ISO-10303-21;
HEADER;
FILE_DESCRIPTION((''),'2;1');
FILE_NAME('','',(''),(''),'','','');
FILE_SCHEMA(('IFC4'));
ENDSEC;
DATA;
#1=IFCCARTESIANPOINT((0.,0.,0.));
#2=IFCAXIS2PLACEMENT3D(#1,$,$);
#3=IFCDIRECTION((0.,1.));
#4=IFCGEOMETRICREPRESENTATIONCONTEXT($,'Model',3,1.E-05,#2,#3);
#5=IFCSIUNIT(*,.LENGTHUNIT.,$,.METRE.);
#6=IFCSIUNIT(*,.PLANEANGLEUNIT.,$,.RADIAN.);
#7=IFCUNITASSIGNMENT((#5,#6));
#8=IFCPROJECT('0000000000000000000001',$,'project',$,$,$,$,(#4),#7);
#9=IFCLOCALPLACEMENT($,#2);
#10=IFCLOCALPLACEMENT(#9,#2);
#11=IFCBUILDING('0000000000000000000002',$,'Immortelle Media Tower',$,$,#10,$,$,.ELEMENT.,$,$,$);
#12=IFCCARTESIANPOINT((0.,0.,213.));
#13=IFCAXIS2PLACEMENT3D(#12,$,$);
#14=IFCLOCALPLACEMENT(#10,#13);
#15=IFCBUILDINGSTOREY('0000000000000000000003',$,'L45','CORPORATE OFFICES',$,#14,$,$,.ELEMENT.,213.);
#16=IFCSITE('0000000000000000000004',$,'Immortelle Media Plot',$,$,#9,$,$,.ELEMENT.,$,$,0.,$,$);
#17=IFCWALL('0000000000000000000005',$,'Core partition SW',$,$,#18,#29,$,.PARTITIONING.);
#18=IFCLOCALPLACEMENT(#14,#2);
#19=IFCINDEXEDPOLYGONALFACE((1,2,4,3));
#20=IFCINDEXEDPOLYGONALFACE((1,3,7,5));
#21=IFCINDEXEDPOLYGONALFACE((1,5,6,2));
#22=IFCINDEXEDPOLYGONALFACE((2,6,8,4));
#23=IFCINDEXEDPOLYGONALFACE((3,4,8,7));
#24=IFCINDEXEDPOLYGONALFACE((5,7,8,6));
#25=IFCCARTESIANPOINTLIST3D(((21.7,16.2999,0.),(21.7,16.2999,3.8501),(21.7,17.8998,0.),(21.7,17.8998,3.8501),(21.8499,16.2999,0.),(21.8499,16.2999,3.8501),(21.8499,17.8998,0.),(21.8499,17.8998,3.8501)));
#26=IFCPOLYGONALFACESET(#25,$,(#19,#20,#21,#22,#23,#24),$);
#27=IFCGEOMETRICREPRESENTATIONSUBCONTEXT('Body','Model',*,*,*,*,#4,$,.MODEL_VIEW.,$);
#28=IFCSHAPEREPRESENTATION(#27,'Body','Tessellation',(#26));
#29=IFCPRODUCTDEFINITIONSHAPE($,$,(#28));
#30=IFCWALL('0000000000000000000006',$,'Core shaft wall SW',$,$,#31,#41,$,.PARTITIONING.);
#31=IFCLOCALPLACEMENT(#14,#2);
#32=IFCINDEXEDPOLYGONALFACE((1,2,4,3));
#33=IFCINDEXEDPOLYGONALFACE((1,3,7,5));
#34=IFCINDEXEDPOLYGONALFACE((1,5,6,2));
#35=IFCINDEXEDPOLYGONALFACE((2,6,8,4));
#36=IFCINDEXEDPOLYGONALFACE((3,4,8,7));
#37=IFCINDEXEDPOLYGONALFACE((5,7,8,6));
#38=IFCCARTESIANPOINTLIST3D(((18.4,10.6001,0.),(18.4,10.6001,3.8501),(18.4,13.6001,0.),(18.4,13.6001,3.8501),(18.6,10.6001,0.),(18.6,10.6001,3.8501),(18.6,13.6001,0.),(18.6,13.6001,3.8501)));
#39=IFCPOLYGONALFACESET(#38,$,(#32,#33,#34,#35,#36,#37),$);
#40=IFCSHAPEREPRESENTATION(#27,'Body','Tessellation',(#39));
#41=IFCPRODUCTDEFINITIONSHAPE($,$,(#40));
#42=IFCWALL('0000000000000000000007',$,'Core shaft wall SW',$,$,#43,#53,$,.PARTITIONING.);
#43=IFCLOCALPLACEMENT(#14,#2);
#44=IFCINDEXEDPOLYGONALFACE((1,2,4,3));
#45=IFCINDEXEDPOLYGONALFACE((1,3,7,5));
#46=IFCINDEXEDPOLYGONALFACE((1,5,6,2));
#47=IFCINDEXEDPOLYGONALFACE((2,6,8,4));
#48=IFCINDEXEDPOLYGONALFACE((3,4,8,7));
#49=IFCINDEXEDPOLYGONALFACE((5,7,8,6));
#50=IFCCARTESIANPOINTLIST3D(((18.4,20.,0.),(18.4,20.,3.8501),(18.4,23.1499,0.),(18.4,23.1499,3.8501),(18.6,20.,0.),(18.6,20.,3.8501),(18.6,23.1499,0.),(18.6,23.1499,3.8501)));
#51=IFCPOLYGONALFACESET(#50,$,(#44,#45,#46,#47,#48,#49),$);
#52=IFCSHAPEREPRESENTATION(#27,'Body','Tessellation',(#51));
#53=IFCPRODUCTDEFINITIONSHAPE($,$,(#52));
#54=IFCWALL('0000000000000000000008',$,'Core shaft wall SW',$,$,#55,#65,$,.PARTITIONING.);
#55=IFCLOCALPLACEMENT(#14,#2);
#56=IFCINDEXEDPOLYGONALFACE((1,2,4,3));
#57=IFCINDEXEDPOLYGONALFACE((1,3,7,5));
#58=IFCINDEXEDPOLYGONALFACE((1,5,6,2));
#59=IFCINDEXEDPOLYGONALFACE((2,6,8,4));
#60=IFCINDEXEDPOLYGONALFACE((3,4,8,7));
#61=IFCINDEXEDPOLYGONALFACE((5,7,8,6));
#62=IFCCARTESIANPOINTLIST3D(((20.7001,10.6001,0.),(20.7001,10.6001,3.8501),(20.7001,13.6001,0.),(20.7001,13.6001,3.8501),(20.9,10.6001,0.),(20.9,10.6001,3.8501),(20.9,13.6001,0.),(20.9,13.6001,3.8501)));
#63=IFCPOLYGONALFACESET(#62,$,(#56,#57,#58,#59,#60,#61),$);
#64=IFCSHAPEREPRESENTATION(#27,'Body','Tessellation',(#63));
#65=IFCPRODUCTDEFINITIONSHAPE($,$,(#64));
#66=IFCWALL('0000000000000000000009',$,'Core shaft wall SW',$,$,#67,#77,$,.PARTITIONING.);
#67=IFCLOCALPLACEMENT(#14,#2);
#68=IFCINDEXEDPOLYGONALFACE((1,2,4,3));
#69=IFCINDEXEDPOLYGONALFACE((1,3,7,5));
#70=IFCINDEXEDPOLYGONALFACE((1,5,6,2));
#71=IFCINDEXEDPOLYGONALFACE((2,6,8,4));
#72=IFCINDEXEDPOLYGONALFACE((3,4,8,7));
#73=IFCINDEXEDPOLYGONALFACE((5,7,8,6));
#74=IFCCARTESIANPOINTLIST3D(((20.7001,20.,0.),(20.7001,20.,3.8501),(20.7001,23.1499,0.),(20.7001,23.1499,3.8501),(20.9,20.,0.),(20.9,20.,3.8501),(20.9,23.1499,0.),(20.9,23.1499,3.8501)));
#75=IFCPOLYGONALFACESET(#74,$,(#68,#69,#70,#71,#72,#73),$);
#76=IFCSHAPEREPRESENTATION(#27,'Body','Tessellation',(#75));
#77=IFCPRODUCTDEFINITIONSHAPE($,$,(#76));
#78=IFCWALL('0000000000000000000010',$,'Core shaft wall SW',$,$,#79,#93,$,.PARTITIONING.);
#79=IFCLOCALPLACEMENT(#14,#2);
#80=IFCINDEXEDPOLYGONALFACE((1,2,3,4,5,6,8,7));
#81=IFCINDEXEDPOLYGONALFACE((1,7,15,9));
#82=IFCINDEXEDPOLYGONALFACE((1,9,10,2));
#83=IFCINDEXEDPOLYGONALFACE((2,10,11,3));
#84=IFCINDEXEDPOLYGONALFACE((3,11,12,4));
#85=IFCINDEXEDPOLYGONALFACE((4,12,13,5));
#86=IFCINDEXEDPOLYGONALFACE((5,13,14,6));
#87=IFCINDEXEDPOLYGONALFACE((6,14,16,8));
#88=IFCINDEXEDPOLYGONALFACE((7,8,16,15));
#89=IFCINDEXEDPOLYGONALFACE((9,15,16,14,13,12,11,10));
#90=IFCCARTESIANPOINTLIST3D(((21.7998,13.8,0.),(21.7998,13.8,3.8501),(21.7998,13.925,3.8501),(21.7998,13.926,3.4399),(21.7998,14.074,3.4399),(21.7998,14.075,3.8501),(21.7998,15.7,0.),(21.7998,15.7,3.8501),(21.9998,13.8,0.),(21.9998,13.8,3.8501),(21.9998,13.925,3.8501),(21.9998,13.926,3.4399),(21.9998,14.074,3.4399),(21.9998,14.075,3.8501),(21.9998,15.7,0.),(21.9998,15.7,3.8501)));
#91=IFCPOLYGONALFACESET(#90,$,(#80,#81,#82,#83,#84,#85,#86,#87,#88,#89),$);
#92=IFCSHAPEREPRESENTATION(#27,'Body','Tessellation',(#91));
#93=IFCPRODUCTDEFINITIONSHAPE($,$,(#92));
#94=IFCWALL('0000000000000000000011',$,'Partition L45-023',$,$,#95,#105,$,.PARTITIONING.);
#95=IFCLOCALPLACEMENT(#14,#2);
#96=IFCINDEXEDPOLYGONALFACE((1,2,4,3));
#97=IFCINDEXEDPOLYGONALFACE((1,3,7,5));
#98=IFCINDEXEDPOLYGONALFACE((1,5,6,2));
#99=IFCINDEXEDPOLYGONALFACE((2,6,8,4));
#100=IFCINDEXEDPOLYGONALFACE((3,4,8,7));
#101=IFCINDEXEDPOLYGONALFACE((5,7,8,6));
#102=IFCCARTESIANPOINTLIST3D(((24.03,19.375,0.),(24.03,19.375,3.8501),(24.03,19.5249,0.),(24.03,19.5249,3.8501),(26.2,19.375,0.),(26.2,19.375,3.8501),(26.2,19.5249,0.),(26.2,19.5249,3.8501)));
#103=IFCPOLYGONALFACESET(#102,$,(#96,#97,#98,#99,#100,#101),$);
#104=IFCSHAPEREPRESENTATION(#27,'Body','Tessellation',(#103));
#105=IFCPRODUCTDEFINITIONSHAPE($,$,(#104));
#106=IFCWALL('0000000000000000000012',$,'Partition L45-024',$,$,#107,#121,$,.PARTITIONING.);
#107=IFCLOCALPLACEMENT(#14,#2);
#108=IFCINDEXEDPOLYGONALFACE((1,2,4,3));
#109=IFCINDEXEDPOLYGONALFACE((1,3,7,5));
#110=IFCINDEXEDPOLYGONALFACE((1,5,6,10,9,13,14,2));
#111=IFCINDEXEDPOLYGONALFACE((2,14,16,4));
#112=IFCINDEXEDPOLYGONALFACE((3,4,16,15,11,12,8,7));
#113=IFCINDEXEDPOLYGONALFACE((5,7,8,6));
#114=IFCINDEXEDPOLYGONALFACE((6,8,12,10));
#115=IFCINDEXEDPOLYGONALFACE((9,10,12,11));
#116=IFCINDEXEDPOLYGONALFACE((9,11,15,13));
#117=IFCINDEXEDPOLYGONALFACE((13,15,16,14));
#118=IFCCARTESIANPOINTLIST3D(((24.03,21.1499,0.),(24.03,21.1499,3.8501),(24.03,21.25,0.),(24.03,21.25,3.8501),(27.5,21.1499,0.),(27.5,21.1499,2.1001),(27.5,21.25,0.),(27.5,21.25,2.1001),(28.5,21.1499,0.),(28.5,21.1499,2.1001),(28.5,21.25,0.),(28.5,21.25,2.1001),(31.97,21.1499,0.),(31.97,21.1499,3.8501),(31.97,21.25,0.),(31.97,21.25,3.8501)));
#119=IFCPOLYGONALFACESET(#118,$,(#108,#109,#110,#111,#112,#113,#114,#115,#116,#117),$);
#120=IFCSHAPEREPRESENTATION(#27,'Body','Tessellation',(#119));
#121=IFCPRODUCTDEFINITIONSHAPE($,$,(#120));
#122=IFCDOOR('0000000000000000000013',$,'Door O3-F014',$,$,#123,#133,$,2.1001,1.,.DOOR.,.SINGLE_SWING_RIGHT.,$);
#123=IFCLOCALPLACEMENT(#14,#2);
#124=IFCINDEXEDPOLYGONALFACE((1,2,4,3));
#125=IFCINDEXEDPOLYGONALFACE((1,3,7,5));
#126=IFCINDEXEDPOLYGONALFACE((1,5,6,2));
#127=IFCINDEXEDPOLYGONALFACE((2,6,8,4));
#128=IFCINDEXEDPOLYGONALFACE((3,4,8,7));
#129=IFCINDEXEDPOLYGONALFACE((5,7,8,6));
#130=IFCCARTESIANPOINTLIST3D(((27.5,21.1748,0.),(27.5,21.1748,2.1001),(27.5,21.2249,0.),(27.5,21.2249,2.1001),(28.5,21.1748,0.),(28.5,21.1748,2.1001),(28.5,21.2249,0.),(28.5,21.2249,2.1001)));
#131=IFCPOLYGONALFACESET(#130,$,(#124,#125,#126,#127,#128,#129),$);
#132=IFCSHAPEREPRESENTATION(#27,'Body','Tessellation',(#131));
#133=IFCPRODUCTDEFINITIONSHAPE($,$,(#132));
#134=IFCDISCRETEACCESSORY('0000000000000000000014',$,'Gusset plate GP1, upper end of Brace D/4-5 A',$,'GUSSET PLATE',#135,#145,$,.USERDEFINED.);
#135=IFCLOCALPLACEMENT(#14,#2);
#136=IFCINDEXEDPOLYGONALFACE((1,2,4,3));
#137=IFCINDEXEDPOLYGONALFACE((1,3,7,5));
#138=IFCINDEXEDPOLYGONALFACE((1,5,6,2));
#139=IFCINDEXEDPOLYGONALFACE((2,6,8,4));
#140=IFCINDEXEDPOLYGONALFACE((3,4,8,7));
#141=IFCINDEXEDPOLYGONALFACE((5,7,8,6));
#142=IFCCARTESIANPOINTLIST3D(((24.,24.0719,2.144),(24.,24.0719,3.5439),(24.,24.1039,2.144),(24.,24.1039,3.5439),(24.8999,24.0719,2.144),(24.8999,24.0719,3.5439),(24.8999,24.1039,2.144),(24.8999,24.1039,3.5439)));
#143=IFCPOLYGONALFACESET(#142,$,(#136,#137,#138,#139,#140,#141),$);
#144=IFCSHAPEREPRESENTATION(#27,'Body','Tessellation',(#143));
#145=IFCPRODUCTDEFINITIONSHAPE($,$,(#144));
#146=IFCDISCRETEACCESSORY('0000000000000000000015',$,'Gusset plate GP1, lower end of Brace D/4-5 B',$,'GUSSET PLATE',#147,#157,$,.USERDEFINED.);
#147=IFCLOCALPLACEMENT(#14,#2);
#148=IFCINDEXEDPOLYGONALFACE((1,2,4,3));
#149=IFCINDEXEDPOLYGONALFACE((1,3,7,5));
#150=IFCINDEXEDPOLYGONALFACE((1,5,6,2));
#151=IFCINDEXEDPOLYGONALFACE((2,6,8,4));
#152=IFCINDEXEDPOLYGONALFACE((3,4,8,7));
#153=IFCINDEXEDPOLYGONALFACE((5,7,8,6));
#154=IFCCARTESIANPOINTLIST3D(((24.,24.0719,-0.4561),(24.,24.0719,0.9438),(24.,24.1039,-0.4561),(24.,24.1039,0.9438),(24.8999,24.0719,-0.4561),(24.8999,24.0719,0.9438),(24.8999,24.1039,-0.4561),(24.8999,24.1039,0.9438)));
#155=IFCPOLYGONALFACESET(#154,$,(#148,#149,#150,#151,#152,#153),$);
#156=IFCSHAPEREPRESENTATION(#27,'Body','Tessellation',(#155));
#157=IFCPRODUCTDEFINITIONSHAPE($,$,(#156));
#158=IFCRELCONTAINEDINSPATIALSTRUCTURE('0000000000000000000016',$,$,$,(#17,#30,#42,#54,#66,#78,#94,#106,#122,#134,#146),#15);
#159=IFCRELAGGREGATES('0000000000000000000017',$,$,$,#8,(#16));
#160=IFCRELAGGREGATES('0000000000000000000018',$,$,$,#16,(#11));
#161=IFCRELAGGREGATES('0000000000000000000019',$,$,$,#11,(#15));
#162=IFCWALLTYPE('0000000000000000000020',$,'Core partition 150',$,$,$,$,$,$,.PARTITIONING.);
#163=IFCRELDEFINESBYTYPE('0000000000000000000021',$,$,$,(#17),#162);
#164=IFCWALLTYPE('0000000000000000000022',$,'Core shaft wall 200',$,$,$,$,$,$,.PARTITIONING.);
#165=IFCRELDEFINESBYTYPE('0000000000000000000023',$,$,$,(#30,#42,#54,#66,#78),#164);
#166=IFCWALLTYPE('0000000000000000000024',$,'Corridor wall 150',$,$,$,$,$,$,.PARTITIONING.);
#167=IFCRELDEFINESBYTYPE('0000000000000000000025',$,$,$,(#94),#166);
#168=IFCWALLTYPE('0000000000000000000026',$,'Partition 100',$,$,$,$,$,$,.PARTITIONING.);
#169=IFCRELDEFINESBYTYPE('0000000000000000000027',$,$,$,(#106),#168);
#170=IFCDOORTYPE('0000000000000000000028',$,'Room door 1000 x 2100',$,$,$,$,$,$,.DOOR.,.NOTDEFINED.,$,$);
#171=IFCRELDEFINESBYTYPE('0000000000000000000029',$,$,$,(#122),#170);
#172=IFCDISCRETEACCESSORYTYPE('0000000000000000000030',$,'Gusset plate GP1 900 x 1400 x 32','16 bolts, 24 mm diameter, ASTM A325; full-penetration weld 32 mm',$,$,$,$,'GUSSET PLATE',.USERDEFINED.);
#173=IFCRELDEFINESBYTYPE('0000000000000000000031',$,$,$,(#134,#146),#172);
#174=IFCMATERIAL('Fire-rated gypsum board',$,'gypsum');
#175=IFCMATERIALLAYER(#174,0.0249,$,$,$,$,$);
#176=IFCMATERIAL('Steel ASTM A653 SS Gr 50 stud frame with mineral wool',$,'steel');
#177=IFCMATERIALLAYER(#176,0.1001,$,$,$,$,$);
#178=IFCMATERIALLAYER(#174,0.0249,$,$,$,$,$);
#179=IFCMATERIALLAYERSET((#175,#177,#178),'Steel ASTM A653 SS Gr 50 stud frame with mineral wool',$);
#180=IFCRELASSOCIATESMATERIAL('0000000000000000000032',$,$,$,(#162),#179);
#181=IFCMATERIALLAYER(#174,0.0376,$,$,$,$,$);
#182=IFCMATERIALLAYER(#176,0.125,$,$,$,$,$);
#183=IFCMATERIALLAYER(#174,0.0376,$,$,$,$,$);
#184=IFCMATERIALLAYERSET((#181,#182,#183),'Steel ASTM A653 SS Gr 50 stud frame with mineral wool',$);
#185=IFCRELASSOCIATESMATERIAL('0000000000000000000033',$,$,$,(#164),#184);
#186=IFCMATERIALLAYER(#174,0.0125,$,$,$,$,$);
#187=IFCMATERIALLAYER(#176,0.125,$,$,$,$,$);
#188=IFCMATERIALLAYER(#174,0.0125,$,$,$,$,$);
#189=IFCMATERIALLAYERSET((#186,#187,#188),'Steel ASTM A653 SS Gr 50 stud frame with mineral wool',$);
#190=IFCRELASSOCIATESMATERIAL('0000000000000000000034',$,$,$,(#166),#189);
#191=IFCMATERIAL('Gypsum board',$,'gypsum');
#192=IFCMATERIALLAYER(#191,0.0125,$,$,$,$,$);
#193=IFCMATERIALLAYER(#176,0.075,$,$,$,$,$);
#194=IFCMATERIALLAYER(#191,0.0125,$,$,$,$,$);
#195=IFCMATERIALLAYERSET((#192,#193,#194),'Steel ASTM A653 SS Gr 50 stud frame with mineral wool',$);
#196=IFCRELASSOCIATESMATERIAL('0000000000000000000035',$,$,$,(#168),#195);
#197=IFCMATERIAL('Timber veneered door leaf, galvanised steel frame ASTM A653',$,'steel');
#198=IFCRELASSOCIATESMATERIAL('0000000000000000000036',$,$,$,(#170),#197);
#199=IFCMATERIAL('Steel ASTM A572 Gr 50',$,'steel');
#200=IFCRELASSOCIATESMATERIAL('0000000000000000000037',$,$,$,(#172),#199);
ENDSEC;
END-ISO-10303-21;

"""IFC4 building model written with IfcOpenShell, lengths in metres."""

from ifc_helpers import new_model, si_unit, direction, frame, frame_2d, origin, origin_2d, place, context, subcontext, project, spatial, polyline, rectangle, outline, extrude, material, layer, layer_set, material_profile, profile_set, type_object, element, fill, save


model = new_model("IFC4")

# Units and contexts
model_context = context("Model", 3, precision=1e-05, world=origin(), true_north=direction((0.0, 1.0)))
body_context = subcontext(model_context, "Body", "Model", "MODEL_VIEW")
ifc_project = project(units=[si_unit("LENGTHUNIT", "METRE"), si_unit("PLANEANGLEUNIT", "RADIAN")], contexts=[model_context])

# Site, building, storey
site_placement = place(None, origin())
site = spatial("IfcSite", under=ifc_project, at=site_placement, Name="Immortelle Media Plot", CompositionType="ELEMENT", RefElevation=0.0)
building_placement = place(site_placement, origin())
building = spatial("IfcBuilding", under=site, at=building_placement, Name="Immortelle Media Tower", CompositionType="ELEMENT")
storey_placement = place(building_placement, frame((0.0, 0.0, 213.0)))
storey = spatial("IfcBuildingStorey", under=building, at=storey_placement, Name="L45", Description="CORPORATE OFFICES", CompositionType="ELEMENT", Elevation=213.0)

# Shared definitions
ifc_material_1 = material(Name="Fire-rated gypsum board", Category="gypsum")
ifc_layer_1 = layer(ifc_material_1, 0.0249)
ifc_material_2 = material(Name="Steel ASTM A653 SS Gr 50 stud frame with mineral wool", Category="steel")
ifc_layer_2 = layer(ifc_material_2, 0.1001)
ifc_layer_3 = layer(ifc_material_1, 0.0249)
ifc_layer_set_1 = layer_set([ifc_layer_1, ifc_layer_2, ifc_layer_3], Name="Steel ASTM A653 SS Gr 50 stud frame with mineral wool")
wall_type_1 = type_object("IfcWallType", Name="Core partition 150", PredefinedType="PARTITIONING", material=ifc_layer_set_1)

# Walls
wall_1_placement = place(storey_placement, frame((21.7749, 16.3, 0.0), z_axis=(0.0, 0.0, 1.0), x_axis=(0.0, 1.0, 0.0)))
element("IfcWall", 1, at=wall_1_placement, inside=storey, type_object=wall_type_1, Name="Core partition SW", PredefinedType="PARTITIONING", context=body_context, shape_type="SweptSolid", body=[
    extrude(rectangle(XDim=1.5999, YDim=0.1499, at=frame_2d((0.7998, 0.0))), origin(), (0.0, 0.0, 1.0), 3.8501),
])
ifc_layer_4 = layer(ifc_material_1, 0.0376)
ifc_layer_5 = layer(ifc_material_2, 0.125)
ifc_layer_6 = layer(ifc_material_1, 0.0376)
ifc_layer_set_2 = layer_set([ifc_layer_4, ifc_layer_5, ifc_layer_6], Name="Steel ASTM A653 SS Gr 50 stud frame with mineral wool")
wall_type_2 = type_object("IfcWallType", Name="Core shaft wall 200", PredefinedType="PARTITIONING", material=ifc_layer_set_2)
wall_2_placement = place(storey_placement, frame((18.5, 10.6001, 0.0), z_axis=(0.0, 0.0, 1.0), x_axis=(0.0, 1.0, 0.0)))
element("IfcWall", 2, at=wall_2_placement, inside=storey, type_object=wall_type_2, Name="Core shaft wall SW", PredefinedType="PARTITIONING", context=body_context, shape_type="SweptSolid", body=[
    extrude(rectangle(XDim=3.0, YDim=0.2, at=frame_2d((1.5, 0.0))), origin(), (0.0, 0.0, 1.0), 3.8501),
])
wall_3_placement = place(storey_placement, frame((18.5, 20.0, 0.0), z_axis=(0.0, 0.0, 1.0), x_axis=(0.0, 1.0, 0.0)))
element("IfcWall", 3, at=wall_3_placement, inside=storey, type_object=wall_type_2, Name="Core shaft wall SW", PredefinedType="PARTITIONING", context=body_context, shape_type="SweptSolid", body=[
    extrude(rectangle(XDim=3.1499, YDim=0.2, at=frame_2d((1.575, 0.0))), origin(), (0.0, 0.0, 1.0), 3.8501),
])
wall_4_placement = place(storey_placement, frame((20.8, 10.6001, 0.0), z_axis=(0.0, 0.0, 1.0), x_axis=(0.0, 1.0, 0.0)))
element("IfcWall", 4, at=wall_4_placement, inside=storey, type_object=wall_type_2, Name="Core shaft wall SW", PredefinedType="PARTITIONING", context=body_context, shape_type="SweptSolid", body=[
    extrude(rectangle(XDim=3.0, YDim=0.2, at=frame_2d((1.5, 0.0))), origin(), (0.0, 0.0, 1.0), 3.8501),
])
wall_5_placement = place(storey_placement, frame((20.8, 20.0, 0.0), z_axis=(0.0, 0.0, 1.0), x_axis=(0.0, 1.0, 0.0)))
element("IfcWall", 5, at=wall_5_placement, inside=storey, type_object=wall_type_2, Name="Core shaft wall SW", PredefinedType="PARTITIONING", context=body_context, shape_type="SweptSolid", body=[
    extrude(rectangle(XDim=3.1499, YDim=0.2, at=frame_2d((1.575, 0.0))), origin(), (0.0, 0.0, 1.0), 3.8501),
])
wall_6_placement = place(storey_placement, frame((21.8999, 13.8, 0.0), z_axis=(0.0, 0.0, 1.0), x_axis=(0.0, 1.0, 0.0)))
element("IfcWall", 6, at=wall_6_placement, inside=storey, type_object=wall_type_2, Name="Core shaft wall SW", PredefinedType="PARTITIONING", context=body_context, shape_type="SweptSolid", body=[
    extrude(outline(polyline([(0.0, 0.0), (1.8999, 0.0), (1.8999, 3.8501), (0.2749, 3.8501), (0.2739, 3.4399), (0.126, 3.4399), (0.125, 3.8501), (0.0, 3.8501), (0.0, 0.0)])), frame((0.0, 0.1001, 0.0), z_axis=(0.0, -1.0, 0.0), x_axis=(1.0, 0.0, 0.0)), (0.0, 0.0, 1.0), 0.2),
])
ifc_layer_7 = layer(ifc_material_1, 0.0125)
ifc_layer_8 = layer(ifc_material_2, 0.125)
ifc_layer_9 = layer(ifc_material_1, 0.0125)
ifc_layer_set_3 = layer_set([ifc_layer_7, ifc_layer_8, ifc_layer_9], Name="Steel ASTM A653 SS Gr 50 stud frame with mineral wool")
wall_type_3 = type_object("IfcWallType", Name="Corridor wall 150", PredefinedType="PARTITIONING", material=ifc_layer_set_3)
wall_7_placement = place(storey_placement, frame((24.03, 19.45, 0.0), z_axis=(0.0, 0.0, 1.0), x_axis=(1.0, 0.0, 0.0)))
element("IfcWall", 7, at=wall_7_placement, inside=storey, type_object=wall_type_3, Name="Partition L45-023", PredefinedType="PARTITIONING", context=body_context, shape_type="SweptSolid", body=[
    extrude(rectangle(XDim=2.1699, YDim=0.1499, at=frame_2d((1.085, 0.0))), origin(), (0.0, 0.0, 1.0), 3.8501),
])

# Wall, opening, door
ifc_material_3 = material(Name="Gypsum board", Category="gypsum")
ifc_layer_10 = layer(ifc_material_3, 0.0125)
ifc_layer_11 = layer(ifc_material_2, 0.075)
ifc_layer_12 = layer(ifc_material_3, 0.0125)
ifc_layer_set_4 = layer_set([ifc_layer_10, ifc_layer_11, ifc_layer_12], Name="Steel ASTM A653 SS Gr 50 stud frame with mineral wool")
wall_type_4 = type_object("IfcWallType", Name="Partition 100", PredefinedType="PARTITIONING", material=ifc_layer_set_4)
wall_8_placement = place(storey_placement, frame((24.03, 21.2, 0.0), z_axis=(0.0, 0.0, 1.0), x_axis=(1.0, 0.0, 0.0)))
wall_8 = element("IfcWall", 8, at=wall_8_placement, inside=storey, type_object=wall_type_4, Name="Partition L45-024", PredefinedType="PARTITIONING", context=body_context, shape_type="SweptSolid", body=[
    extrude(rectangle(XDim=7.9399, YDim=0.1001, at=frame_2d((3.97, 0.0))), origin(), (0.0, 0.0, 1.0), 3.8501),
])
opening_1_placement = place(wall_8_placement, frame((3.47, 0.0, 0.0)))
opening_1 = element("IfcOpeningElement", 9, at=opening_1_placement, cuts=wall_8, PredefinedType="OPENING", context=body_context, shape_type="SweptSolid", body=[
    extrude(rectangle(XDim=1.0, YDim=2.1001, at=frame_2d((0.5, 1.05))), frame((0.0, 0.0601, 0.0), z_axis=(0.0, -1.0, 0.0), x_axis=(1.0, 0.0, 0.0)), (0.0, 0.0, 1.0), 0.1201),
])
ifc_material_4 = material(Name="Timber veneered door leaf, galvanised steel frame ASTM A653", Category="steel")
door_type_1 = type_object("IfcDoorType", Name="Room door 1000 x 2100", OperationType="NOTDEFINED", PredefinedType="DOOR", material=ifc_material_4)
door_1_placement = place(opening_1_placement, origin())
door_1 = element("IfcDoor", 10, at=door_1_placement, inside=storey, type_object=door_type_1, Name="Door O3-F014", OperationType="SINGLE_SWING_RIGHT", OverallHeight=2.1001, OverallWidth=1.0, PredefinedType="DOOR", context=body_context, shape_type="SweptSolid", body=[
    extrude(rectangle(XDim=1.0, YDim=2.1001, at=frame_2d((0.5, 1.05))), frame((0.0, 0.0249, 0.0), z_axis=(0.0, -1.0, 0.0), x_axis=(1.0, 0.0, 0.0)), (0.0, 0.0, 1.0), 0.05),
])
fill(opening_1, door_1)

# Discrete accessories
ifc_material_5 = material(Name="Steel ASTM A572 Gr 50", Category="steel")
ifc_material_profile_1 = material_profile(ifc_material_5, rectangle(XDim=0.032, YDim=1.3999, at=origin_2d()), Name="PL 32 x 1400")
ifc_profile_set_1 = profile_set([ifc_material_profile_1], Name="Steel ASTM A572 Gr 50")
discrete_accessory_type = type_object("IfcDiscreteAccessoryType", Name="Gusset plate GP1 900 x 1400 x 32", Description="16 bolts, 24 mm diameter, ASTM A325; full-penetration weld 32 mm", ElementType="GUSSET PLATE", PredefinedType="USERDEFINED", material=ifc_profile_set_1)
for number, where, z_axis, x_axis, name in (
    (11, (24.0, 24.0879, 2.844), (1.0, 0.0, 0.0), (0.0, 1.0, 0.0), "Gusset plate GP1, upper end of Brace D/4-5 A"),
    (12, (24.0, 24.0879, 0.2439), (1.0, 0.0, 0.0), (0.0, 1.0, 0.0), "Gusset plate GP1, lower end of Brace D/4-5 B"),
):
    element("IfcDiscreteAccessory", number, at=place(storey_placement, frame(where, z_axis=z_axis, x_axis=x_axis)), inside=storey, type_object=discrete_accessory_type, Name=name, ObjectType="GUSSET PLATE", PredefinedType="USERDEFINED", context=body_context, shape_type="SweptSolid", body=[
        extrude(rectangle(XDim=0.032, YDim=1.3999, at=origin_2d()), origin(), (0.0, 0.0, 1.0), 0.8999),
    ])

save(model, "model.ifc")
